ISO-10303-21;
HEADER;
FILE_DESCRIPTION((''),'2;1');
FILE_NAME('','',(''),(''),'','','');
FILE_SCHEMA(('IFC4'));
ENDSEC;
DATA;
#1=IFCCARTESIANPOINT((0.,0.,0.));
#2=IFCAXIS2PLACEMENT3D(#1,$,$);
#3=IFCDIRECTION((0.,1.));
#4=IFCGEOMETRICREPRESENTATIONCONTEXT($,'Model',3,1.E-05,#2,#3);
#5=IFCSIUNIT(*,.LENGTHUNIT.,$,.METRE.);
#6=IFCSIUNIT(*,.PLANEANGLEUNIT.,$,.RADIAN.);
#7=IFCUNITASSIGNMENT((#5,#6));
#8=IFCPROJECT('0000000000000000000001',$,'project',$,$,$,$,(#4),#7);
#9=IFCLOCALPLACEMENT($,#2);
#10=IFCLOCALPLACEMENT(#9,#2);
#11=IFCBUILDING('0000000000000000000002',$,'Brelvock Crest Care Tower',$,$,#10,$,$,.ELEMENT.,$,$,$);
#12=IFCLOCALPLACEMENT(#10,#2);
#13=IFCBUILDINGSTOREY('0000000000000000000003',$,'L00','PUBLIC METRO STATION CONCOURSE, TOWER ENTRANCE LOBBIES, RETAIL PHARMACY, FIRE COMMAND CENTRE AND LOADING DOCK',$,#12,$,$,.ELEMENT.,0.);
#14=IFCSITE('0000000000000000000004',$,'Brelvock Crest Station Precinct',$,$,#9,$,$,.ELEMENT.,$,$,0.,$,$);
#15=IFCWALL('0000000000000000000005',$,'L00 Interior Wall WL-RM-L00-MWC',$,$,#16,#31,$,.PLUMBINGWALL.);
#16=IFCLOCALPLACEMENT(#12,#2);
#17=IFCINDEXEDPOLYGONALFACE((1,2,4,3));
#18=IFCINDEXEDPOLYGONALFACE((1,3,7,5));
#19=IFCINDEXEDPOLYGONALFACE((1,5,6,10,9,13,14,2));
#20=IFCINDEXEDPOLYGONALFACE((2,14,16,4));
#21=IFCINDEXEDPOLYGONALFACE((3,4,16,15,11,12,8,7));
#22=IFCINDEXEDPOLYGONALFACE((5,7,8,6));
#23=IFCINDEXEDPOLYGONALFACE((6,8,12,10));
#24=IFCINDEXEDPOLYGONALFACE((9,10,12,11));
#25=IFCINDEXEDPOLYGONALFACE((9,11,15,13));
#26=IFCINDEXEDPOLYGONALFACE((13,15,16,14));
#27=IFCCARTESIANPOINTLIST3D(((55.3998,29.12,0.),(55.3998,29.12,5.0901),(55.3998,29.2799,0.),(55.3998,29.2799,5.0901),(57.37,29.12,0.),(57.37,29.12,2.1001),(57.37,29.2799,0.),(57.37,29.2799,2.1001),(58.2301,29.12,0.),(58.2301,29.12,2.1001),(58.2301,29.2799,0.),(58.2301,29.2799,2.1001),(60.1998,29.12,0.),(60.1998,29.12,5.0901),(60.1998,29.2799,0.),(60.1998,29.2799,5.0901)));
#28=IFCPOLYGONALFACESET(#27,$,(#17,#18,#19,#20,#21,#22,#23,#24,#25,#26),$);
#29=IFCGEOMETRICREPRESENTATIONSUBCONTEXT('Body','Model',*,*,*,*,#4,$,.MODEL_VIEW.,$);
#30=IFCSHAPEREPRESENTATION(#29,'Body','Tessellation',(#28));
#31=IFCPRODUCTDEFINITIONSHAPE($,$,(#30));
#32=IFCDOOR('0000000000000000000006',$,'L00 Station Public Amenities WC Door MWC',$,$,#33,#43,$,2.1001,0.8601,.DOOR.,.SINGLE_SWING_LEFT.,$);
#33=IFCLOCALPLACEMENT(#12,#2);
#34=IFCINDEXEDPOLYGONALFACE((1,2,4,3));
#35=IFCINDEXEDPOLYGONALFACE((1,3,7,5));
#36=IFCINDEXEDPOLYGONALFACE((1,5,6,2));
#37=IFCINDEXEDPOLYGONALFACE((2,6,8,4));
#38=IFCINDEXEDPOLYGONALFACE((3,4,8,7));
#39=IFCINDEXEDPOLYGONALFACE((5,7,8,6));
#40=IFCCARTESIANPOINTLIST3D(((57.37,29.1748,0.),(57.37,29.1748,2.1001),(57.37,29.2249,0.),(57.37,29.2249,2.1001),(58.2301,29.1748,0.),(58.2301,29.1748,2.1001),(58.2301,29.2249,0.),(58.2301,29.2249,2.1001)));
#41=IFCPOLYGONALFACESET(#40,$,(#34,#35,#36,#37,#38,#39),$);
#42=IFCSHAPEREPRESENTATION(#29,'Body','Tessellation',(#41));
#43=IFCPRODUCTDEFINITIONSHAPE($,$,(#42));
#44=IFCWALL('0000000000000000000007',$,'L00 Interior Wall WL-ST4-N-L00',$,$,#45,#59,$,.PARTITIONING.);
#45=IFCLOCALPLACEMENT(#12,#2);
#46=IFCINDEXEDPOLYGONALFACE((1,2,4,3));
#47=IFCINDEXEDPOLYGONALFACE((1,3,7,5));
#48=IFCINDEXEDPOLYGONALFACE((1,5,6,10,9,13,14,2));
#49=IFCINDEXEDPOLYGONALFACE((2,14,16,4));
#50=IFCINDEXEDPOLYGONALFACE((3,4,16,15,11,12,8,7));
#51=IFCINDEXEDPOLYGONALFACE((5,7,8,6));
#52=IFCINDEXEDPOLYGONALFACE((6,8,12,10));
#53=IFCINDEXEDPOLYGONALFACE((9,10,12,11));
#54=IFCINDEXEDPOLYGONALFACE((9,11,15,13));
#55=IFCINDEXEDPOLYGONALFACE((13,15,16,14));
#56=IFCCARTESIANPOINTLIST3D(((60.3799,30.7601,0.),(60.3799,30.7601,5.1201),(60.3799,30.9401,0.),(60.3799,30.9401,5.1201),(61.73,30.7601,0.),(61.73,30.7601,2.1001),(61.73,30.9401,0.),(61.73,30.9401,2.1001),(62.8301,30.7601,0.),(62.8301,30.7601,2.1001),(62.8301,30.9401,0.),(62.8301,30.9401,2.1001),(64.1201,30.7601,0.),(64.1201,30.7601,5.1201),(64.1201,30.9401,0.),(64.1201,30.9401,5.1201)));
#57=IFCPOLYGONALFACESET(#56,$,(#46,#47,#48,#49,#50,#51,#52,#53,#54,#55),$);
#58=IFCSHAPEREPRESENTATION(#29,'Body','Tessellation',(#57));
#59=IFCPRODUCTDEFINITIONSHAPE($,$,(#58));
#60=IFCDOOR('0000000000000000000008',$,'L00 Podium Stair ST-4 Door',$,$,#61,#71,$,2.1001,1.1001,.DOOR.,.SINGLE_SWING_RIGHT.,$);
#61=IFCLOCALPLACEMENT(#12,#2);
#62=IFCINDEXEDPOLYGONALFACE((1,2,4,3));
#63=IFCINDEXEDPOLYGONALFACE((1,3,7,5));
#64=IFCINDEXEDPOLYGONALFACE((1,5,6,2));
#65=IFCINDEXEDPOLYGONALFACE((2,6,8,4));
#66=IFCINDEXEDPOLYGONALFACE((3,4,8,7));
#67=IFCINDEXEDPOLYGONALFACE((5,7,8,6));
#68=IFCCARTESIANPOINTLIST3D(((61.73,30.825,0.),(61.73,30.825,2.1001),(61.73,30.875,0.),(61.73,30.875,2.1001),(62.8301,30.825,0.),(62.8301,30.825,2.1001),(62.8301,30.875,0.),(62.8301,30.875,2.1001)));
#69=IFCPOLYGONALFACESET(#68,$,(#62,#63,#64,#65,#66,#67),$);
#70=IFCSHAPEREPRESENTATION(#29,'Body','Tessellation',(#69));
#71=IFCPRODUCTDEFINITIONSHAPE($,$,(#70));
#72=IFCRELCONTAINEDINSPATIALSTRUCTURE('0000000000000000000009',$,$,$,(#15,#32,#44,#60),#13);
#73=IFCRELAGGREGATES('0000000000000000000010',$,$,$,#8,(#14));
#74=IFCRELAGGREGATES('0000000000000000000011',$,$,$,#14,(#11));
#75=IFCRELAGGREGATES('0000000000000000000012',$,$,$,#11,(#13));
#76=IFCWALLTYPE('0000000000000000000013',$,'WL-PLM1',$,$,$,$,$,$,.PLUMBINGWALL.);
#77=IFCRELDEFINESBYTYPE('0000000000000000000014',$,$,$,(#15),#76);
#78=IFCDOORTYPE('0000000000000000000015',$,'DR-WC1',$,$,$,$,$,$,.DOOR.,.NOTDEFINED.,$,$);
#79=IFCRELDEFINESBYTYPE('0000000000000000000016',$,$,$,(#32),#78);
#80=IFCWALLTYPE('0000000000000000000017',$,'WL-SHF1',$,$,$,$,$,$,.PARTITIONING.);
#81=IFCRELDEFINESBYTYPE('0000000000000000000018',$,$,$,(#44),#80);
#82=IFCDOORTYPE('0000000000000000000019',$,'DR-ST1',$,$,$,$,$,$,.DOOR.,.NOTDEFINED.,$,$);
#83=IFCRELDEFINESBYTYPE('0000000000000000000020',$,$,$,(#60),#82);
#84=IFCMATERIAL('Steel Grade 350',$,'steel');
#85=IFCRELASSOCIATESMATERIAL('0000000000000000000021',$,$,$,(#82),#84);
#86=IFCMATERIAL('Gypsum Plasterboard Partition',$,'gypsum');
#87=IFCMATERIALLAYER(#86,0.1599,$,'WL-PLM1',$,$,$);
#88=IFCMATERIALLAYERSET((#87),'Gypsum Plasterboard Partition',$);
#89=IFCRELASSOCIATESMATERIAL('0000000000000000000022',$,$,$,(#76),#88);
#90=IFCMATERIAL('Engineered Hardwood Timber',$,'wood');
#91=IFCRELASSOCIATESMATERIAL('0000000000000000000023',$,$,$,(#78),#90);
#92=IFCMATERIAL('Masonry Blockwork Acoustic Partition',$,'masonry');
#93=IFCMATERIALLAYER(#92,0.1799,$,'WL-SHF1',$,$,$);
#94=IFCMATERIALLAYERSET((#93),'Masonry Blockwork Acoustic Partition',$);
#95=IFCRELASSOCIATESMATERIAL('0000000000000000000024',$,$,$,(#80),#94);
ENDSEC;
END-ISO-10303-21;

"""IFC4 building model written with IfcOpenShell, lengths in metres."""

from ifc_helpers import new_model, si_unit, direction, frame, frame_2d, origin, origin_2d, place, context, subcontext, project, spatial, rectangle, extrude, source, transform, mapped, material, layer, layer_set, type_object, element, fill, save


model = new_model("IFC4")

# Units and contexts
model_context = context("Model", 3, precision=1e-05, world=origin(), true_north=direction((0.0, 1.0)))
body_context = subcontext(model_context, "Body", "Model", "MODEL_VIEW")
ifc_project = project(units=[si_unit("LENGTHUNIT", "METRE"), si_unit("PLANEANGLEUNIT", "RADIAN")], contexts=[model_context])

# Site, building, storey
site_placement = place(None, origin())
site = spatial("IfcSite", under=ifc_project, at=site_placement, Name="Brelvock Crest Station Precinct", CompositionType="ELEMENT", RefElevation=0.0)
building_placement = place(site_placement, origin())
building = spatial("IfcBuilding", under=site, at=building_placement, Name="Brelvock Crest Care Tower", CompositionType="ELEMENT")
storey_placement = place(building_placement, origin())
storey = spatial("IfcBuildingStorey", under=building, at=storey_placement, Name="L00", Description="PUBLIC METRO STATION CONCOURSE, TOWER ENTRANCE LOBBIES, RETAIL PHARMACY, FIRE COMMAND CENTRE AND LOADING DOCK", CompositionType="ELEMENT", Elevation=0.0)

# Shared definitions
ifc_material_1 = material(Name="Steel Grade 350", Category="steel")

# Shared definitions
ifc_material_2 = material(Name="Masonry Blockwork Acoustic Partition", Category="masonry")

# Shared definitions
ifc_material_3 = material(Name="Engineered Hardwood Timber", Category="wood")

# Walls, openings, doors
door_type_1 = type_object("IfcDoorType", Name="DR-ST1", OperationType="NOTDEFINED", PredefinedType="DOOR", material=ifc_material_1)
shared_shape_1 = source(origin(), body_context, "Body", "SweptSolid", [
    extrude(rectangle(XDim=1.1001, YDim=2.1001, at=origin_2d()), frame((0.55, 0.0249, 1.05), z_axis=(0.0, -1.0, 0.0), x_axis=(1.0, 0.0, 0.0)), (0.0, 0.0, 1.0), 0.05),
])
ifc_material_4 = material(Name="Gypsum Plasterboard Partition", Category="gypsum")
ifc_layer_1 = layer(ifc_material_4, 0.1599, Name="WL-PLM1")
ifc_layer_set_1 = layer_set([ifc_layer_1], Name="Gypsum Plasterboard Partition")
wall_type_1 = type_object("IfcWallType", Name="WL-PLM1", PredefinedType="PLUMBINGWALL", material=ifc_layer_set_1)
wall_1_placement = place(storey_placement, frame((55.3999, 29.2, 0.0), z_axis=(0.0, 0.0, 1.0), x_axis=(1.0, 0.0, 0.0)))
wall_1 = element("IfcWall", 1, at=wall_1_placement, inside=storey, type_object=wall_type_1, Name="L00 Interior Wall WL-RM-L00-MWC", PredefinedType="PLUMBINGWALL", context=body_context, shape_type="SweptSolid", body=[
    extrude(rectangle(XDim=4.8, YDim=0.1599, at=frame_2d((2.3999, 0.0))), origin(), (0.0, 0.0, 1.0), 5.0901),
])
opening_1_placement = place(wall_1_placement, frame((1.97, 0.0, 0.0)))
opening_1 = element("IfcOpeningElement", 2, at=opening_1_placement, cuts=wall_1, PredefinedType="OPENING", context=body_context, shape_type="SweptSolid", body=[
    extrude(rectangle(XDim=0.8601, YDim=2.1001, at=origin_2d()), frame((0.4302, 0.0898, 1.05), z_axis=(0.0, -1.0, 0.0), x_axis=(1.0, 0.0, 0.0)), (0.0, 0.0, 1.0), 0.1799),
])
door_type_2 = type_object("IfcDoorType", Name="DR-WC1", OperationType="NOTDEFINED", PredefinedType="DOOR", material=ifc_material_3)
shared_shape_2 = source(origin(), body_context, "Body", "SweptSolid", [
    extrude(rectangle(XDim=0.8601, YDim=2.1001, at=origin_2d()), frame((0.4302, 0.0249, 1.05), z_axis=(0.0, -1.0, 0.0), x_axis=(1.0, 0.0, 0.0)), (0.0, 0.0, 1.0), 0.05),
])
door_1_placement = place(opening_1_placement, origin())
door_1 = element("IfcDoor", 3, at=door_1_placement, inside=storey, type_object=door_type_2, Name="L00 Station Public Amenities WC Door MWC", OperationType="SINGLE_SWING_LEFT", OverallHeight=2.1001, OverallWidth=0.8601, PredefinedType="DOOR", context=body_context, shape_type="MappedRepresentation", body=[
    mapped(shared_shape_2, transform((0.0, 0.0, 0.0), x_axis=(1.0, 0.0, 0.0), y_axis=(0.0, 1.0, 0.0), z_axis=(0.0, 0.0, 1.0), scale=1.0)),
])
fill(opening_1, door_1)
ifc_layer_2 = layer(ifc_material_2, 0.1799, Name="WL-SHF1")
ifc_layer_set_2 = layer_set([ifc_layer_2], Name="Masonry Blockwork Acoustic Partition")
wall_type_2 = type_object("IfcWallType", Name="WL-SHF1", PredefinedType="PARTITIONING", material=ifc_layer_set_2)
wall_2_placement = place(storey_placement, frame((60.3799, 30.8501, 0.0), z_axis=(0.0, 0.0, 1.0), x_axis=(1.0, 0.0, 0.0)))
wall_2 = element("IfcWall", 4, at=wall_2_placement, inside=storey, type_object=wall_type_2, Name="L00 Interior Wall WL-ST4-N-L00", PredefinedType="PARTITIONING", context=body_context, shape_type="SweptSolid", body=[
    extrude(rectangle(XDim=3.7402, YDim=0.1799, at=frame_2d((1.8701, 0.0))), origin(), (0.0, 0.0, 1.0), 5.1201),
])
opening_2_placement = place(wall_2_placement, frame((1.3501, 0.0, 0.0)))
opening_2 = element("IfcOpeningElement", 5, at=opening_2_placement, cuts=wall_2, PredefinedType="OPENING", context=body_context, shape_type="SweptSolid", body=[
    extrude(rectangle(XDim=1.1001, YDim=2.1001, at=origin_2d()), frame((0.55, 0.1001, 1.05), z_axis=(0.0, -1.0, 0.0), x_axis=(1.0, 0.0, 0.0)), (0.0, 0.0, 1.0), 0.2),
])
door_2_placement = place(opening_2_placement, origin())
door_2 = element("IfcDoor", 6, at=door_2_placement, inside=storey, type_object=door_type_1, Name="L00 Podium Stair ST-4 Door", OperationType="SINGLE_SWING_RIGHT", OverallHeight=2.1001, OverallWidth=1.1001, PredefinedType="DOOR", context=body_context, shape_type="MappedRepresentation", body=[
    mapped(shared_shape_1, transform((0.0, 0.0, 0.0), x_axis=(1.0, 0.0, 0.0), y_axis=(0.0, 1.0, 0.0), z_axis=(0.0, 0.0, 1.0), scale=1.0)),
])
fill(opening_2, door_2)

save(model, "model.ifc")
